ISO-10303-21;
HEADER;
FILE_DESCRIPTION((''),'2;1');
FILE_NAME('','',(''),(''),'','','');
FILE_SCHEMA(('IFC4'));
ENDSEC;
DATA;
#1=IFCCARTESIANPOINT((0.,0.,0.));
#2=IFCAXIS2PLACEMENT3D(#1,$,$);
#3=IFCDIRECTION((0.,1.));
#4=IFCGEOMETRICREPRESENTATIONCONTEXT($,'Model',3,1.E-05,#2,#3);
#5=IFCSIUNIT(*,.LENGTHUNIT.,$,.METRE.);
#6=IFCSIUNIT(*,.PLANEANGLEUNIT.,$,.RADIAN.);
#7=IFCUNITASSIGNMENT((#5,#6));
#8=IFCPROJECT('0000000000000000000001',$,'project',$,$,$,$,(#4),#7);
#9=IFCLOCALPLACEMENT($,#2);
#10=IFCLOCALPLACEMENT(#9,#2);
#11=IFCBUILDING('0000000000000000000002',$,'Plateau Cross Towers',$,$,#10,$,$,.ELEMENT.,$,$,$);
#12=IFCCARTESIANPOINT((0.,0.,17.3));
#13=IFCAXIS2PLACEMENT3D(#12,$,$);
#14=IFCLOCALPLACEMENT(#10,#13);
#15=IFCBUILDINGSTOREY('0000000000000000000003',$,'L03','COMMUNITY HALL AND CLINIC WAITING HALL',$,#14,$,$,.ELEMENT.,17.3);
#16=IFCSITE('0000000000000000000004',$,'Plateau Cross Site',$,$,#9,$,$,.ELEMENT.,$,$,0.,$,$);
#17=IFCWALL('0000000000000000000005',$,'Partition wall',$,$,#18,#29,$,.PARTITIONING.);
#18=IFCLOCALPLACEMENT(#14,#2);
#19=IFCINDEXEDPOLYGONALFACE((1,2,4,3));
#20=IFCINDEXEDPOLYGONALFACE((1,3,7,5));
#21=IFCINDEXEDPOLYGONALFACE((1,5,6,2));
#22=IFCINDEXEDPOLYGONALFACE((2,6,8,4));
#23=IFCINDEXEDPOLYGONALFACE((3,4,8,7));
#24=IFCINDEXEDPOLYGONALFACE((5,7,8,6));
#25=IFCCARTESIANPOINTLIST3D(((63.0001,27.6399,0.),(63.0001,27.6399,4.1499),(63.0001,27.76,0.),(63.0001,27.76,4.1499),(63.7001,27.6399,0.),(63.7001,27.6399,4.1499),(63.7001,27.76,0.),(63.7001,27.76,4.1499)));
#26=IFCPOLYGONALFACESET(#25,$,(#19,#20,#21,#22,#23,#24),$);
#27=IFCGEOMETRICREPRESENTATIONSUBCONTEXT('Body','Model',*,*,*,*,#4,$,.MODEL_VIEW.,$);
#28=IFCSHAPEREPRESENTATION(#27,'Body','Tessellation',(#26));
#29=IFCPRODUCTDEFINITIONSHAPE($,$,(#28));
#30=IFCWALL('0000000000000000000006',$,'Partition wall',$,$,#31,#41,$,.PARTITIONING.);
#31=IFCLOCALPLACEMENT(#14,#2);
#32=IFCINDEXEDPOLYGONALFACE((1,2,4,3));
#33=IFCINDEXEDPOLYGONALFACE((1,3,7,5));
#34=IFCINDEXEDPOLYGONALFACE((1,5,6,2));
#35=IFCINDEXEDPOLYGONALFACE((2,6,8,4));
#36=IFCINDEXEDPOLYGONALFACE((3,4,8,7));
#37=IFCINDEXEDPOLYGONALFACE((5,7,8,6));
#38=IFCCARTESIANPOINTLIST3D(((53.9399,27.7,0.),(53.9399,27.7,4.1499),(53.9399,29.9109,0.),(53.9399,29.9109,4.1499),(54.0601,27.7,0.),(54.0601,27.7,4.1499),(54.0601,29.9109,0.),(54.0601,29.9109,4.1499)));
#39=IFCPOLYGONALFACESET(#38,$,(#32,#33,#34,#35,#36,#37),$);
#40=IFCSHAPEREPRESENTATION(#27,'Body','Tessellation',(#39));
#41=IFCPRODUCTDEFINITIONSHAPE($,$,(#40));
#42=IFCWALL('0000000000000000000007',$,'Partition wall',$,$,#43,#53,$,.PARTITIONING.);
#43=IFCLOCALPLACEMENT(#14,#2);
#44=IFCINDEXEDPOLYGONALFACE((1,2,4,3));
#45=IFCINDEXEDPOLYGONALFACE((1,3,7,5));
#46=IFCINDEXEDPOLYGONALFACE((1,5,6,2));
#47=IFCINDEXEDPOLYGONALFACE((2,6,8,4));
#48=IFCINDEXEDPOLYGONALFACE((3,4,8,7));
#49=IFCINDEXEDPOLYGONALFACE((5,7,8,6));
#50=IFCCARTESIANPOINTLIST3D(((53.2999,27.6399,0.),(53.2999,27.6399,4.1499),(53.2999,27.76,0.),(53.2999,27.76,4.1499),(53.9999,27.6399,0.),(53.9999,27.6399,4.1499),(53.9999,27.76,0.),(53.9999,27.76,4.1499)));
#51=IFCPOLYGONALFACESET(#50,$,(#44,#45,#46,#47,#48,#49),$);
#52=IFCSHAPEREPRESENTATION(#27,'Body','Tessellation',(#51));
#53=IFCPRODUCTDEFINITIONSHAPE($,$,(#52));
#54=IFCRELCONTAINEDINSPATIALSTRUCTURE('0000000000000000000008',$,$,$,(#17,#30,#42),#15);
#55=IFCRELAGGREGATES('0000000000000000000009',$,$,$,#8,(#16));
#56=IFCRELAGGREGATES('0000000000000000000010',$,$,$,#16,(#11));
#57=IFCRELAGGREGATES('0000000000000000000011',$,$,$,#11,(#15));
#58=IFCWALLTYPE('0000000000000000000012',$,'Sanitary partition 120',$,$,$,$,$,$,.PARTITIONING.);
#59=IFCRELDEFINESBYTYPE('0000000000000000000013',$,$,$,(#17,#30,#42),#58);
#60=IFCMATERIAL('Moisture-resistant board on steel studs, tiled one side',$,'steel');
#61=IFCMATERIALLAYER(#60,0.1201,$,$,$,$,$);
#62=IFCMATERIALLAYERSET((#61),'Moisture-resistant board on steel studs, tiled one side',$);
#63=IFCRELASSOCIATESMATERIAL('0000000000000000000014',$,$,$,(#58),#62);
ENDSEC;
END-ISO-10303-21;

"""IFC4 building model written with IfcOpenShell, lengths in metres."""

from ifc_helpers import new_model, si_unit, direction, frame, frame_2d, origin, place, context, subcontext, project, spatial, rectangle, extrude, material, layer, layer_set, type_object, element, save


model = new_model("IFC4")

# Units and contexts
model_context = context("Model", 3, precision=1e-05, world=origin(), true_north=direction((0.0, 1.0)))
body_context = subcontext(model_context, "Body", "Model", "MODEL_VIEW")
ifc_project = project(units=[si_unit("LENGTHUNIT", "METRE"), si_unit("PLANEANGLEUNIT", "RADIAN")], contexts=[model_context])

# Site, building, storey
site_placement = place(None, origin())
site = spatial("IfcSite", under=ifc_project, at=site_placement, Name="Plateau Cross Site", CompositionType="ELEMENT", RefElevation=0.0)
building_placement = place(site_placement, origin())
building = spatial("IfcBuilding", under=site, at=building_placement, Name="Plateau Cross Towers", CompositionType="ELEMENT")
storey_placement = place(building_placement, frame((0.0, 0.0, 17.3)))
storey = spatial("IfcBuildingStorey", under=building, at=storey_placement, Name="L03", Description="COMMUNITY HALL AND CLINIC WAITING HALL", CompositionType="ELEMENT", Elevation=17.3)

# Shared definitions
ifc_material_1 = material(Name="Moisture-resistant board on steel studs, tiled one side", Category="steel")
ifc_layer_1 = layer(ifc_material_1, 0.1201)
ifc_layer_set_1 = layer_set([ifc_layer_1], Name="Moisture-resistant board on steel studs, tiled one side")
wall_type_1 = type_object("IfcWallType", Name="Sanitary partition 120", PredefinedType="PARTITIONING", material=ifc_layer_set_1)

# Walls
wall_1_placement = place(storey_placement, frame((63.0, 27.7, 0.0), z_axis=(0.0, 0.0, 1.0), x_axis=(1.0, 0.0, 0.0)))
element("IfcWall", 1, at=wall_1_placement, inside=storey, type_object=wall_type_1, Name="Partition wall", PredefinedType="PARTITIONING", context=body_context, shape_type="SweptSolid", body=[
    extrude(rectangle(XDim=0.7, YDim=0.1201, at=frame_2d((0.3501, 0.0))), origin(), (0.0, 0.0, 1.0), 4.1499),
])
wall_2_placement = place(storey_placement, frame((54.0, 29.9109, 0.0), z_axis=(0.0, 0.0, 1.0), x_axis=(0.0, -1.0, 0.0)))
element("IfcWall", 2, at=wall_2_placement, inside=storey, type_object=wall_type_1, Name="Partition wall", PredefinedType="PARTITIONING", context=body_context, shape_type="SweptSolid", body=[
    extrude(rectangle(XDim=2.2109, YDim=0.1201, at=frame_2d((1.1055, 0.0))), origin(), (0.0, 0.0, 1.0), 4.1499),
])
wall_3_placement = place(storey_placement, frame((54.0, 27.7, 0.0), z_axis=(0.0, 0.0, 1.0), x_axis=(-1.0, 0.0, 0.0)))
element("IfcWall", 3, at=wall_3_placement, inside=storey, type_object=wall_type_1, Name="Partition wall", PredefinedType="PARTITIONING", context=body_context, shape_type="SweptSolid", body=[
    extrude(rectangle(XDim=0.7, YDim=0.1201, at=frame_2d((0.3501, 0.0))), origin(), (0.0, 0.0, 1.0), 4.1499),
])

save(model, "model.ifc")
